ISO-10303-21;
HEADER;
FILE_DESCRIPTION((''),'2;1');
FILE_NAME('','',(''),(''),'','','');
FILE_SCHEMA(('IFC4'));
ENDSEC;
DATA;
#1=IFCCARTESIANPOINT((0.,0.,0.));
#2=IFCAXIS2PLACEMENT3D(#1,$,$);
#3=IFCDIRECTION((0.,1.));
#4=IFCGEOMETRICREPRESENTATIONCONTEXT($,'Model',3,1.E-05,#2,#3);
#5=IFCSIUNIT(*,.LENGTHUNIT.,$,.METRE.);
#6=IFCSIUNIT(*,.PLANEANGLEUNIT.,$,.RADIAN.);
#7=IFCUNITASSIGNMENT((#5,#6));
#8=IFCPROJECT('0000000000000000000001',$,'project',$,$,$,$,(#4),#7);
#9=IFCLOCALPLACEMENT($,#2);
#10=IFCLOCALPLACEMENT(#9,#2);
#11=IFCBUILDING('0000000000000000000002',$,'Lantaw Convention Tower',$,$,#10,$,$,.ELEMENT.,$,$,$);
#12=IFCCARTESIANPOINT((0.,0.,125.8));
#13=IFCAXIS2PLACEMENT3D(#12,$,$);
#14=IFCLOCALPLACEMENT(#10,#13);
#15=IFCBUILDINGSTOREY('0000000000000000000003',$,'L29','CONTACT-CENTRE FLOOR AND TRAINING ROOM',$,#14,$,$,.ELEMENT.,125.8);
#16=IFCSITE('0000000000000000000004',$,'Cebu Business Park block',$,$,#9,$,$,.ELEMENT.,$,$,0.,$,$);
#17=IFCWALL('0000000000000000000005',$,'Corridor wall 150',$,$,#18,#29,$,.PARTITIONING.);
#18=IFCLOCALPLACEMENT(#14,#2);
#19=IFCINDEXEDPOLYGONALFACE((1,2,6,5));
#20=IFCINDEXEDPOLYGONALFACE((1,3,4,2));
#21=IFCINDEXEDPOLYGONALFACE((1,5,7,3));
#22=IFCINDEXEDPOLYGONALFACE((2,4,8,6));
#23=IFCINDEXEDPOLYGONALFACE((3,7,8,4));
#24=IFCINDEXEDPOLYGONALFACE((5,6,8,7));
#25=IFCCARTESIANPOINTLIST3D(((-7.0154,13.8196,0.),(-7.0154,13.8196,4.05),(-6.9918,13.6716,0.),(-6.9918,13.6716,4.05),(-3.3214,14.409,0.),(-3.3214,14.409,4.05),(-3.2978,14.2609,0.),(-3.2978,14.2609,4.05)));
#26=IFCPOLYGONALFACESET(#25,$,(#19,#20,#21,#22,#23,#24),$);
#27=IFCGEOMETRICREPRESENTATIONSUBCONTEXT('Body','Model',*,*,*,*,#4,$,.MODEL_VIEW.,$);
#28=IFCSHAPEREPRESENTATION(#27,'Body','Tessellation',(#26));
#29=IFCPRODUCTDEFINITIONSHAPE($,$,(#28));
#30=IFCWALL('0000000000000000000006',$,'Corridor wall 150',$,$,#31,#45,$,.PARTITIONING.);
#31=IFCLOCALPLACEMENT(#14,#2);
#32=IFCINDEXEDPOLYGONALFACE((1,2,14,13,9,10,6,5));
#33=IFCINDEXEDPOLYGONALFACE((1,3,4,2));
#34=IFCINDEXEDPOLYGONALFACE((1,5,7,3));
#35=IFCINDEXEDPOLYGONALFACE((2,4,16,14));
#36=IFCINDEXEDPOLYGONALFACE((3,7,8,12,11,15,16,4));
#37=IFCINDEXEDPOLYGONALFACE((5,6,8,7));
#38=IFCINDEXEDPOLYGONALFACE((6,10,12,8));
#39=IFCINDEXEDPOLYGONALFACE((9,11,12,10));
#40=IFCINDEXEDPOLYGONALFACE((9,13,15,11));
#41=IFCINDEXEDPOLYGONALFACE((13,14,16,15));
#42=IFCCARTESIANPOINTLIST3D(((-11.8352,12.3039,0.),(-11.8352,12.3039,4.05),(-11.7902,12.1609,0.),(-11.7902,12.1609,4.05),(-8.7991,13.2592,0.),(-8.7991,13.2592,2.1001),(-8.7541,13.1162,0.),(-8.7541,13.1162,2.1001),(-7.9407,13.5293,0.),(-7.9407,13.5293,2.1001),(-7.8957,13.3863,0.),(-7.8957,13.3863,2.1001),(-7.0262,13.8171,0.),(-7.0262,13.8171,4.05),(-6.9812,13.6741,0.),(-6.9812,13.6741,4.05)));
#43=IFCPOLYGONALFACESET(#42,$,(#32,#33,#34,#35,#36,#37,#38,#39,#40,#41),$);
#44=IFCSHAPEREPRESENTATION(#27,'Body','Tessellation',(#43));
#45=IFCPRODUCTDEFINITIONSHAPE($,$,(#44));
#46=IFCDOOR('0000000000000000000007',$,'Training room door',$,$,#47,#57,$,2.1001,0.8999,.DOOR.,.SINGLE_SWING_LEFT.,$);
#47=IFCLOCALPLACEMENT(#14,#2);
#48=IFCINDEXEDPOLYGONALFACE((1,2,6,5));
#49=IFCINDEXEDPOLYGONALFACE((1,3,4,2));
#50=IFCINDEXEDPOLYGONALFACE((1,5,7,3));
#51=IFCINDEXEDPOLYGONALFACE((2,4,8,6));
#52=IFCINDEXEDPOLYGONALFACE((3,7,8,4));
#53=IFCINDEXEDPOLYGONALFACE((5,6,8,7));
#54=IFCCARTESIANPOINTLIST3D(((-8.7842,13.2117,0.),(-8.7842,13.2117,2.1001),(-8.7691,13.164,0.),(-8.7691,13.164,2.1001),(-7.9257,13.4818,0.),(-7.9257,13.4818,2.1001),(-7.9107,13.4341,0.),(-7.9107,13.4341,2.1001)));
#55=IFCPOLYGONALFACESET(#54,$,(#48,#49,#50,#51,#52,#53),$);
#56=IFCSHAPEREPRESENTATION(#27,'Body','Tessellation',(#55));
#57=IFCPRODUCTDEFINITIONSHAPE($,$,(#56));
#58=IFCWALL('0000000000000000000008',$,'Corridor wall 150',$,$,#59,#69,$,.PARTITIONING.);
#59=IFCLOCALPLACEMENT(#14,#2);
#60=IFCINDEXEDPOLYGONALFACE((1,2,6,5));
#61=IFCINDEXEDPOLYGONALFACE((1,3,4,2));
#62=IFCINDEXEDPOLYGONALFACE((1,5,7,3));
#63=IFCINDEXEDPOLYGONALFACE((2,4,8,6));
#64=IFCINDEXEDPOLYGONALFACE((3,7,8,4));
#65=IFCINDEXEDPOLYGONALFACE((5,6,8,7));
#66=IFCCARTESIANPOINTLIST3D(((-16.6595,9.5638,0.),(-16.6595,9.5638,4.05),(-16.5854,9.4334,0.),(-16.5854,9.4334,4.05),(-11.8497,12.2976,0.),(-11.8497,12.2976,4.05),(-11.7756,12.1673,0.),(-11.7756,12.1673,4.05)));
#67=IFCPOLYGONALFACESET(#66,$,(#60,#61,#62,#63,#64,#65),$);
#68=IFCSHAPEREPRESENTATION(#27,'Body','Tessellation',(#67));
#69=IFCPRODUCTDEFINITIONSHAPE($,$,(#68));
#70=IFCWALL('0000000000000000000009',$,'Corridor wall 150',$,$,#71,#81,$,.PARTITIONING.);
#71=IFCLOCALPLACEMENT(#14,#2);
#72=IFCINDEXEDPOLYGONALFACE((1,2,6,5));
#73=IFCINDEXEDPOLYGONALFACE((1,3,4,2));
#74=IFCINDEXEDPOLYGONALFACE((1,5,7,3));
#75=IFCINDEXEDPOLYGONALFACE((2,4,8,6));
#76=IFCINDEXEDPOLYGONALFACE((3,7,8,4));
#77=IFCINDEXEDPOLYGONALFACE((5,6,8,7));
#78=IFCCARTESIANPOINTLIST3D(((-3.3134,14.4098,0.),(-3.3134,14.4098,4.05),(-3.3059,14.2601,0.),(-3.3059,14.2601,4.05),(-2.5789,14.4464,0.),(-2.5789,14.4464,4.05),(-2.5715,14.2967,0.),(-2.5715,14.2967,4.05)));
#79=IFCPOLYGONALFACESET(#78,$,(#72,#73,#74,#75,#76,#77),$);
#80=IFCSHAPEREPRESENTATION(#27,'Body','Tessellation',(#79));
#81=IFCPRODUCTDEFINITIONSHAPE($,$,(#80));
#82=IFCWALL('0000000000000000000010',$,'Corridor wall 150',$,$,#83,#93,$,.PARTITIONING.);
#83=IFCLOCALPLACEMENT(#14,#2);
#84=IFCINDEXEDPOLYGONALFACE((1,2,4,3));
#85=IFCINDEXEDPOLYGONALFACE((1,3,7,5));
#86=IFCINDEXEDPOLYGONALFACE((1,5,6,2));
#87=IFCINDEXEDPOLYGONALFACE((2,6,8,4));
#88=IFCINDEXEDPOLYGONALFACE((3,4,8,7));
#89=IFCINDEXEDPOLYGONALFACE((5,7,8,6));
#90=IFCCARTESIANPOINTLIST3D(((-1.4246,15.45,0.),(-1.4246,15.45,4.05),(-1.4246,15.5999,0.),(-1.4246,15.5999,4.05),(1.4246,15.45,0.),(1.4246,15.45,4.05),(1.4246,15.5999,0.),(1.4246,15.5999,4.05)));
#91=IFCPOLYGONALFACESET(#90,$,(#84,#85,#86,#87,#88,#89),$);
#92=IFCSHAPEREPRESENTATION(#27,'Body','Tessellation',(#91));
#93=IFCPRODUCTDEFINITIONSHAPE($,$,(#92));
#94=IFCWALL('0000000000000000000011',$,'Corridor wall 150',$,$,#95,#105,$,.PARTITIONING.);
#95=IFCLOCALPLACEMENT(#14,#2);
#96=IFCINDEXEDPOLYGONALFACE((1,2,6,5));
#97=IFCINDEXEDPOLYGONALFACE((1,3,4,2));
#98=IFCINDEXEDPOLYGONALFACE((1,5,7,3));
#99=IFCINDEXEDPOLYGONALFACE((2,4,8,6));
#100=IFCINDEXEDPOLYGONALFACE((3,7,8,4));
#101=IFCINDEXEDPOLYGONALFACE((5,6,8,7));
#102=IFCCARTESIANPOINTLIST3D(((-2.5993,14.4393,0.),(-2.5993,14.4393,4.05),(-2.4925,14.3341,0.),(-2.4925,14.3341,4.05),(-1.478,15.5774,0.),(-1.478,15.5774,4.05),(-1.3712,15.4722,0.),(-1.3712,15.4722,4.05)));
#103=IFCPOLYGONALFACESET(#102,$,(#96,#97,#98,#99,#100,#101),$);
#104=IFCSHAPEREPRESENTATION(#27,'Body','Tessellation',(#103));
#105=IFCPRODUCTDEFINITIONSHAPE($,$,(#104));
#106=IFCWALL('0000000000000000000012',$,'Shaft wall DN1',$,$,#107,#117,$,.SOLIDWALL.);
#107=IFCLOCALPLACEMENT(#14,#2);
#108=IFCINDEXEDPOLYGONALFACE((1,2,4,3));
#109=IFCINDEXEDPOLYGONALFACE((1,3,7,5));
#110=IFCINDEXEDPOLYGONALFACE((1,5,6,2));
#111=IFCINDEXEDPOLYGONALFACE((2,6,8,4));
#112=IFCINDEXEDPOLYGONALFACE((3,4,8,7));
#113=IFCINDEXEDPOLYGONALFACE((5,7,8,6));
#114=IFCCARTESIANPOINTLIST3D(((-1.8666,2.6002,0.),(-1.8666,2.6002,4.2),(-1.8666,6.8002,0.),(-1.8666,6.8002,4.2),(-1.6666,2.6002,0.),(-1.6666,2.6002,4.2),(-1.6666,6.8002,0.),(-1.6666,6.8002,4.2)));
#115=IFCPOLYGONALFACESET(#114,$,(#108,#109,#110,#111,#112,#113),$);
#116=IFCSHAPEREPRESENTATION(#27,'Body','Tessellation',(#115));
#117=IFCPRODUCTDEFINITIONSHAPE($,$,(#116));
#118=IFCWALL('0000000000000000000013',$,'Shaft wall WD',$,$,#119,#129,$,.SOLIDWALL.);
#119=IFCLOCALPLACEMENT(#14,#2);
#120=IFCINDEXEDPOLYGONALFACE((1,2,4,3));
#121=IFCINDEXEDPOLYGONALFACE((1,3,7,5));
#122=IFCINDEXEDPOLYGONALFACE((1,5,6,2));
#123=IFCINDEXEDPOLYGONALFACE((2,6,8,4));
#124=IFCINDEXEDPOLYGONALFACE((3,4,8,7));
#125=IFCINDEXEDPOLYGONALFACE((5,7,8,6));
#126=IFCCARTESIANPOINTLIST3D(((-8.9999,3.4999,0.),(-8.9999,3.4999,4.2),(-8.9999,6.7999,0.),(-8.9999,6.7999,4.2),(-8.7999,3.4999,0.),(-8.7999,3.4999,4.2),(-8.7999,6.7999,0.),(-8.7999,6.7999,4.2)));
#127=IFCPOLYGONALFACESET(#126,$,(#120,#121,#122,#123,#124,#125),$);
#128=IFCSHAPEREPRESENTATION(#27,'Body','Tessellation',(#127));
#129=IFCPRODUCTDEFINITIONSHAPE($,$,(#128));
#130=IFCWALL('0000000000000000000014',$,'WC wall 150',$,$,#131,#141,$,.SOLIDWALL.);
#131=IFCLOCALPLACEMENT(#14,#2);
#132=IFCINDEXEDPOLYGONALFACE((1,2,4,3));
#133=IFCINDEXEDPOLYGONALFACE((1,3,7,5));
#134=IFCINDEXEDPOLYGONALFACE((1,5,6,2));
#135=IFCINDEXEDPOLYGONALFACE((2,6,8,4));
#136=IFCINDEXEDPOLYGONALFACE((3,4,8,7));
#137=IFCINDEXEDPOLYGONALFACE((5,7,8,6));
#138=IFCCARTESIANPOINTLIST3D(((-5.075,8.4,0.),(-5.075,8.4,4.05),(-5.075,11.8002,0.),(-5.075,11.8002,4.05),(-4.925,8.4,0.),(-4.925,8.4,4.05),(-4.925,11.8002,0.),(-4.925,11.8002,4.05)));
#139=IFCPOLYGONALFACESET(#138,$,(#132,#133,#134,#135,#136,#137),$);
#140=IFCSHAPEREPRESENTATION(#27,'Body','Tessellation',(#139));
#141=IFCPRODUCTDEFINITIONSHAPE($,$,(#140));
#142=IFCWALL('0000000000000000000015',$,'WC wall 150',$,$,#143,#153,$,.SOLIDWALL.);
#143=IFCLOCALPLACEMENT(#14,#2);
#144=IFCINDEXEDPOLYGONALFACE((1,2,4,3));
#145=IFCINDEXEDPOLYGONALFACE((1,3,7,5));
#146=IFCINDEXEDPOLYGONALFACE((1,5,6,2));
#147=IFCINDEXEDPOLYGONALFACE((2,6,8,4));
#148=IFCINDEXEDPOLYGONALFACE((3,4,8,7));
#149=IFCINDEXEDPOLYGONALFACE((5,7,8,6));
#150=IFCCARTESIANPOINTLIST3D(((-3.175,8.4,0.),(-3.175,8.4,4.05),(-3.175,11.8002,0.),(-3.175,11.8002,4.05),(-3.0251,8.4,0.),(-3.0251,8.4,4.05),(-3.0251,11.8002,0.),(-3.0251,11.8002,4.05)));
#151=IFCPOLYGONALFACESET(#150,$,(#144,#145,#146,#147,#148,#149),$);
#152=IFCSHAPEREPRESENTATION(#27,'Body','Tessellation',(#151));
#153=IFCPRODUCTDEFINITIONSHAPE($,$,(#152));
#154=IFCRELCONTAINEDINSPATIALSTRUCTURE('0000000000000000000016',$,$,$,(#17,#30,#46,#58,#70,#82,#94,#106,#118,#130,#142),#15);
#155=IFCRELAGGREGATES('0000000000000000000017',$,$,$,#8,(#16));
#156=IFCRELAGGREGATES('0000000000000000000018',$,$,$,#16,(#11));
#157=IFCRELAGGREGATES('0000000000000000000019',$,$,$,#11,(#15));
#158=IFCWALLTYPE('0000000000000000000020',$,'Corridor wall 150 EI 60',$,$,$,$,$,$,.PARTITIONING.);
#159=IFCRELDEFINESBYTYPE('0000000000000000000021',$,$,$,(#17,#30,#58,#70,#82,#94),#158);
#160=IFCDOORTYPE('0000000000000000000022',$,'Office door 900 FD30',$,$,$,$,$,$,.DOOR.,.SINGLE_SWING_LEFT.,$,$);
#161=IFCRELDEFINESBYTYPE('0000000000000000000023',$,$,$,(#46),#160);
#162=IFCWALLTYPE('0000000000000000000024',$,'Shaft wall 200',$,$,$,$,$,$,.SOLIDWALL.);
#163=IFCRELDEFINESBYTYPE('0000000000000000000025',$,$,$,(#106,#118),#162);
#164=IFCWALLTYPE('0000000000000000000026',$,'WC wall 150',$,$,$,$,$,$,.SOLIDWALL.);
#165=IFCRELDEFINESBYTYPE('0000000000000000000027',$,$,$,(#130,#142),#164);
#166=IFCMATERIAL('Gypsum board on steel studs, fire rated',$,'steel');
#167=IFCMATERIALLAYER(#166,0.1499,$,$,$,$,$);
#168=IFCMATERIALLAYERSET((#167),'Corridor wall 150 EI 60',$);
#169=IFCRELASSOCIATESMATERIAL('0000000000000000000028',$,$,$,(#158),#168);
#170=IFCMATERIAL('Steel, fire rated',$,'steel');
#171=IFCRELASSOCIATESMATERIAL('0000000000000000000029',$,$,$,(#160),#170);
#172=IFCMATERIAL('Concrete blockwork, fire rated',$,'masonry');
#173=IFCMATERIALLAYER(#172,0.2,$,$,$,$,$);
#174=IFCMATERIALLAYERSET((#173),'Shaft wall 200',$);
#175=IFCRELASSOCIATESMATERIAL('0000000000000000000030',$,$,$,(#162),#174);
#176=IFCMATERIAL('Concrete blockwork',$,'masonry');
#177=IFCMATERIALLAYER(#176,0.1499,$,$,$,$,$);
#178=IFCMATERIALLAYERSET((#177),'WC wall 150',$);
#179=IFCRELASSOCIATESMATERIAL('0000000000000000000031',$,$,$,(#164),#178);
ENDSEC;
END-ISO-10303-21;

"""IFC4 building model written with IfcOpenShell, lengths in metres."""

from ifc_helpers import new_model, si_unit, direction, frame, frame_2d, origin, place, context, subcontext, project, spatial, rectangle, extrude, material, layer, layer_set, type_object, element, fill, save


model = new_model("IFC4")

# Units and contexts
model_context = context("Model", 3, precision=1e-05, world=origin(), true_north=direction((0.0, 1.0)))
body_context = subcontext(model_context, "Body", "Model", "MODEL_VIEW")
ifc_project = project(units=[si_unit("LENGTHUNIT", "METRE"), si_unit("PLANEANGLEUNIT", "RADIAN")], contexts=[model_context])

# Site, building, storey
site_placement = place(None, origin())
site = spatial("IfcSite", under=ifc_project, at=site_placement, Name="Cebu Business Park block", CompositionType="ELEMENT", RefElevation=0.0)
building_placement = place(site_placement, origin())
building = spatial("IfcBuilding", under=site, at=building_placement, Name="Lantaw Convention Tower", CompositionType="ELEMENT")
storey_placement = place(building_placement, frame((0.0, 0.0, 125.8)))
storey = spatial("IfcBuildingStorey", under=building, at=storey_placement, Name="L29", Description="CONTACT-CENTRE FLOOR AND TRAINING ROOM", CompositionType="ELEMENT", Elevation=125.8)

# Shared definitions
ifc_material_1 = material(Name="Steel, fire rated", Category="steel")

# Wall
ifc_material_2 = material(Name="Gypsum board on steel studs, fire rated", Category="steel")
ifc_layer_1 = layer(ifc_material_2, 0.1499)
ifc_layer_set_1 = layer_set([ifc_layer_1], Name="Corridor wall 150 EI 60")
wall_type_1 = type_object("IfcWallType", Name="Corridor wall 150 EI 60", PredefinedType="PARTITIONING", material=ifc_layer_set_1)
wall_1_placement = place(storey_placement, frame((-3.3096, 14.335, 0.0), z_axis=(0.0, 0.0, 1.0), x_axis=(-0.987511, -0.157548, 0.0)))
element("IfcWall", 1, at=wall_1_placement, inside=storey, type_object=wall_type_1, Name="Corridor wall 150", PredefinedType="PARTITIONING", context=body_context, shape_type="SweptSolid", body=[
    extrude(rectangle(XDim=3.7407, YDim=0.1499, at=frame_2d((1.8704, 0.0))), origin(), (0.0, 0.0, 1.0), 4.05),
])

# Wall, opening, door
wall_2_placement = place(storey_placement, frame((-7.0037, 13.7456, 0.0), z_axis=(0.0, 0.0, 1.0), x_axis=(-0.953894, -0.300144, 0.0)))
wall_2 = element("IfcWall", 2, at=wall_2_placement, inside=storey, type_object=wall_type_1, Name="Corridor wall 150", PredefinedType="PARTITIONING", context=body_context, shape_type="SweptSolid", body=[
    extrude(rectangle(XDim=5.0415, YDim=0.1499, at=frame_2d((2.5208, 0.0))), origin(), (0.0, 0.0, 1.0), 4.05),
])
opening_1_placement = place(wall_2_placement, frame((0.9587, 0.0, 0.0)))
opening_1 = element("IfcOpeningElement", 3, at=opening_1_placement, cuts=wall_2, PredefinedType="OPENING", context=body_context, shape_type="SweptSolid", body=[
    extrude(rectangle(XDim=0.8999, YDim=2.1001, at=frame_2d((0.45, 1.05))), frame((0.0, 0.085, 0.0), z_axis=(0.0, -1.0, 0.0), x_axis=(1.0, 0.0, 0.0)), (0.0, 0.0, 1.0), 0.1699),
])
door_type_1 = type_object("IfcDoorType", Name="Office door 900 FD30", OperationType="SINGLE_SWING_LEFT", PredefinedType="DOOR", material=ifc_material_1)
door_1_placement = place(opening_1_placement, origin())
door_1 = element("IfcDoor", 4, at=door_1_placement, inside=storey, type_object=door_type_1, Name="Training room door", OperationType="SINGLE_SWING_LEFT", OverallHeight=2.1001, OverallWidth=0.8999, PredefinedType="DOOR", context=body_context, shape_type="SweptSolid", body=[
    extrude(rectangle(XDim=0.8999, YDim=2.1001, at=frame_2d((0.45, 1.05))), frame((0.0, 0.0249, 0.0), z_axis=(0.0, -1.0, 0.0), x_axis=(1.0, 0.0, 0.0)), (0.0, 0.0, 1.0), 0.05),
])
fill(opening_1, door_1)

# Walls
wall_3_placement = place(storey_placement, frame((-11.8127, 12.2324, 0.0), z_axis=(0.0, 0.0, 1.0), x_axis=(-0.869376, -0.494151, 0.0)))
element("IfcWall", 5, at=wall_3_placement, inside=storey, type_object=wall_type_1, Name="Corridor wall 150", PredefinedType="PARTITIONING", context=body_context, shape_type="SweptSolid", body=[
    extrude(rectangle(XDim=5.5325, YDim=0.1499, at=frame_2d((2.7661, 0.0))), origin(), (0.0, 0.0, 1.0), 4.05),
])
wall_4_placement = place(storey_placement, frame((-2.5752, 14.3716, 0.0), z_axis=(0.0, 0.0, 1.0), x_axis=(-0.998759, -0.049805, 0.0)))
element("IfcWall", 6, at=wall_4_placement, inside=storey, type_object=wall_type_1, Name="Corridor wall 150", PredefinedType="PARTITIONING", context=body_context, shape_type="SweptSolid", body=[
    extrude(rectangle(XDim=0.7354, YDim=0.1499, at=frame_2d((0.3677, 0.0))), origin(), (0.0, 0.0, 1.0), 4.05),
])
wall_5_placement = place(storey_placement, frame((-1.4246, 15.5249, 0.0), z_axis=(0.0, 0.0, 1.0), x_axis=(1.0, 0.0, 0.0)))
element("IfcWall", 7, at=wall_5_placement, inside=storey, type_object=wall_type_1, Name="Corridor wall 150", PredefinedType="PARTITIONING", context=body_context, shape_type="SweptSolid", body=[
    extrude(rectangle(XDim=2.8491, YDim=0.1499, at=frame_2d((1.4246, 0.0))), origin(), (0.0, 0.0, 1.0), 4.05),
])
wall_6_placement = place(storey_placement, frame((-2.5459, 14.3867, 0.0), z_axis=(0.0, 0.0, 1.0), x_axis=(0.701815, 0.712359, 0.0)))
element("IfcWall", 8, at=wall_6_placement, inside=storey, type_object=wall_type_1, Name="Corridor wall 150", PredefinedType="PARTITIONING", context=body_context, shape_type="SweptSolid", body=[
    extrude(rectangle(XDim=1.5977, YDim=0.1499, at=frame_2d((0.7988, 0.0))), origin(), (0.0, 0.0, 1.0), 4.05),
])
ifc_material_3 = material(Name="Concrete blockwork, fire rated", Category="masonry")
ifc_layer_2 = layer(ifc_material_3, 0.2)
ifc_layer_set_2 = layer_set([ifc_layer_2], Name="Shaft wall 200")
wall_type_2 = type_object("IfcWallType", Name="Shaft wall 200", PredefinedType="SOLIDWALL", material=ifc_layer_set_2)
wall_7_placement = place(storey_placement, frame((-1.7666, 2.6001, 0.0), z_axis=(0.0, 0.0, 1.0), x_axis=(0.0, 1.0, 0.0)))
element("IfcWall", 9, at=wall_7_placement, inside=storey, type_object=wall_type_2, Name="Shaft wall DN1", PredefinedType="SOLIDWALL", context=body_context, shape_type="SweptSolid", body=[
    extrude(rectangle(XDim=4.2, YDim=0.2, at=frame_2d((2.1001, 0.0))), origin(), (0.0, 0.0, 1.0), 4.2),
])
wall_8_placement = place(storey_placement, frame((-8.8999, 3.5, 0.0), z_axis=(0.0, 0.0, 1.0), x_axis=(0.0, 1.0, 0.0)))
element("IfcWall", 10, at=wall_8_placement, inside=storey, type_object=wall_type_2, Name="Shaft wall WD", PredefinedType="SOLIDWALL", context=body_context, shape_type="SweptSolid", body=[
    extrude(rectangle(XDim=3.3, YDim=0.2, at=frame_2d((1.6499, 0.0))), origin(), (0.0, 0.0, 1.0), 4.2),
])
ifc_material_4 = material(Name="Concrete blockwork", Category="masonry")
ifc_layer_3 = layer(ifc_material_4, 0.1499)
ifc_layer_set_3 = layer_set([ifc_layer_3], Name="WC wall 150")
wall_type_3 = type_object("IfcWallType", Name="WC wall 150", PredefinedType="SOLIDWALL", material=ifc_layer_set_3)
for number, where, z_axis, x_axis, name in (
    (11, (-5.0, 8.3999, 0.0), (0.0, 0.0, 1.0), (0.0, 1.0, 0.0), "WC wall 150"),
    (12, (-3.1001, 8.3999, 0.0), (0.0, 0.0, 1.0), (0.0, 1.0, 0.0), "WC wall 150"),
):
    element("IfcWall", number, at=place(storey_placement, frame(where, z_axis=z_axis, x_axis=x_axis)), inside=storey, type_object=wall_type_3, Name=name, PredefinedType="SOLIDWALL", context=body_context, shape_type="SweptSolid", body=[
        extrude(rectangle(XDim=3.4001, YDim=0.1499, at=frame_2d((1.7002, 0.0))), origin(), (0.0, 0.0, 1.0), 4.05),
    ])

save(model, "model.ifc")
